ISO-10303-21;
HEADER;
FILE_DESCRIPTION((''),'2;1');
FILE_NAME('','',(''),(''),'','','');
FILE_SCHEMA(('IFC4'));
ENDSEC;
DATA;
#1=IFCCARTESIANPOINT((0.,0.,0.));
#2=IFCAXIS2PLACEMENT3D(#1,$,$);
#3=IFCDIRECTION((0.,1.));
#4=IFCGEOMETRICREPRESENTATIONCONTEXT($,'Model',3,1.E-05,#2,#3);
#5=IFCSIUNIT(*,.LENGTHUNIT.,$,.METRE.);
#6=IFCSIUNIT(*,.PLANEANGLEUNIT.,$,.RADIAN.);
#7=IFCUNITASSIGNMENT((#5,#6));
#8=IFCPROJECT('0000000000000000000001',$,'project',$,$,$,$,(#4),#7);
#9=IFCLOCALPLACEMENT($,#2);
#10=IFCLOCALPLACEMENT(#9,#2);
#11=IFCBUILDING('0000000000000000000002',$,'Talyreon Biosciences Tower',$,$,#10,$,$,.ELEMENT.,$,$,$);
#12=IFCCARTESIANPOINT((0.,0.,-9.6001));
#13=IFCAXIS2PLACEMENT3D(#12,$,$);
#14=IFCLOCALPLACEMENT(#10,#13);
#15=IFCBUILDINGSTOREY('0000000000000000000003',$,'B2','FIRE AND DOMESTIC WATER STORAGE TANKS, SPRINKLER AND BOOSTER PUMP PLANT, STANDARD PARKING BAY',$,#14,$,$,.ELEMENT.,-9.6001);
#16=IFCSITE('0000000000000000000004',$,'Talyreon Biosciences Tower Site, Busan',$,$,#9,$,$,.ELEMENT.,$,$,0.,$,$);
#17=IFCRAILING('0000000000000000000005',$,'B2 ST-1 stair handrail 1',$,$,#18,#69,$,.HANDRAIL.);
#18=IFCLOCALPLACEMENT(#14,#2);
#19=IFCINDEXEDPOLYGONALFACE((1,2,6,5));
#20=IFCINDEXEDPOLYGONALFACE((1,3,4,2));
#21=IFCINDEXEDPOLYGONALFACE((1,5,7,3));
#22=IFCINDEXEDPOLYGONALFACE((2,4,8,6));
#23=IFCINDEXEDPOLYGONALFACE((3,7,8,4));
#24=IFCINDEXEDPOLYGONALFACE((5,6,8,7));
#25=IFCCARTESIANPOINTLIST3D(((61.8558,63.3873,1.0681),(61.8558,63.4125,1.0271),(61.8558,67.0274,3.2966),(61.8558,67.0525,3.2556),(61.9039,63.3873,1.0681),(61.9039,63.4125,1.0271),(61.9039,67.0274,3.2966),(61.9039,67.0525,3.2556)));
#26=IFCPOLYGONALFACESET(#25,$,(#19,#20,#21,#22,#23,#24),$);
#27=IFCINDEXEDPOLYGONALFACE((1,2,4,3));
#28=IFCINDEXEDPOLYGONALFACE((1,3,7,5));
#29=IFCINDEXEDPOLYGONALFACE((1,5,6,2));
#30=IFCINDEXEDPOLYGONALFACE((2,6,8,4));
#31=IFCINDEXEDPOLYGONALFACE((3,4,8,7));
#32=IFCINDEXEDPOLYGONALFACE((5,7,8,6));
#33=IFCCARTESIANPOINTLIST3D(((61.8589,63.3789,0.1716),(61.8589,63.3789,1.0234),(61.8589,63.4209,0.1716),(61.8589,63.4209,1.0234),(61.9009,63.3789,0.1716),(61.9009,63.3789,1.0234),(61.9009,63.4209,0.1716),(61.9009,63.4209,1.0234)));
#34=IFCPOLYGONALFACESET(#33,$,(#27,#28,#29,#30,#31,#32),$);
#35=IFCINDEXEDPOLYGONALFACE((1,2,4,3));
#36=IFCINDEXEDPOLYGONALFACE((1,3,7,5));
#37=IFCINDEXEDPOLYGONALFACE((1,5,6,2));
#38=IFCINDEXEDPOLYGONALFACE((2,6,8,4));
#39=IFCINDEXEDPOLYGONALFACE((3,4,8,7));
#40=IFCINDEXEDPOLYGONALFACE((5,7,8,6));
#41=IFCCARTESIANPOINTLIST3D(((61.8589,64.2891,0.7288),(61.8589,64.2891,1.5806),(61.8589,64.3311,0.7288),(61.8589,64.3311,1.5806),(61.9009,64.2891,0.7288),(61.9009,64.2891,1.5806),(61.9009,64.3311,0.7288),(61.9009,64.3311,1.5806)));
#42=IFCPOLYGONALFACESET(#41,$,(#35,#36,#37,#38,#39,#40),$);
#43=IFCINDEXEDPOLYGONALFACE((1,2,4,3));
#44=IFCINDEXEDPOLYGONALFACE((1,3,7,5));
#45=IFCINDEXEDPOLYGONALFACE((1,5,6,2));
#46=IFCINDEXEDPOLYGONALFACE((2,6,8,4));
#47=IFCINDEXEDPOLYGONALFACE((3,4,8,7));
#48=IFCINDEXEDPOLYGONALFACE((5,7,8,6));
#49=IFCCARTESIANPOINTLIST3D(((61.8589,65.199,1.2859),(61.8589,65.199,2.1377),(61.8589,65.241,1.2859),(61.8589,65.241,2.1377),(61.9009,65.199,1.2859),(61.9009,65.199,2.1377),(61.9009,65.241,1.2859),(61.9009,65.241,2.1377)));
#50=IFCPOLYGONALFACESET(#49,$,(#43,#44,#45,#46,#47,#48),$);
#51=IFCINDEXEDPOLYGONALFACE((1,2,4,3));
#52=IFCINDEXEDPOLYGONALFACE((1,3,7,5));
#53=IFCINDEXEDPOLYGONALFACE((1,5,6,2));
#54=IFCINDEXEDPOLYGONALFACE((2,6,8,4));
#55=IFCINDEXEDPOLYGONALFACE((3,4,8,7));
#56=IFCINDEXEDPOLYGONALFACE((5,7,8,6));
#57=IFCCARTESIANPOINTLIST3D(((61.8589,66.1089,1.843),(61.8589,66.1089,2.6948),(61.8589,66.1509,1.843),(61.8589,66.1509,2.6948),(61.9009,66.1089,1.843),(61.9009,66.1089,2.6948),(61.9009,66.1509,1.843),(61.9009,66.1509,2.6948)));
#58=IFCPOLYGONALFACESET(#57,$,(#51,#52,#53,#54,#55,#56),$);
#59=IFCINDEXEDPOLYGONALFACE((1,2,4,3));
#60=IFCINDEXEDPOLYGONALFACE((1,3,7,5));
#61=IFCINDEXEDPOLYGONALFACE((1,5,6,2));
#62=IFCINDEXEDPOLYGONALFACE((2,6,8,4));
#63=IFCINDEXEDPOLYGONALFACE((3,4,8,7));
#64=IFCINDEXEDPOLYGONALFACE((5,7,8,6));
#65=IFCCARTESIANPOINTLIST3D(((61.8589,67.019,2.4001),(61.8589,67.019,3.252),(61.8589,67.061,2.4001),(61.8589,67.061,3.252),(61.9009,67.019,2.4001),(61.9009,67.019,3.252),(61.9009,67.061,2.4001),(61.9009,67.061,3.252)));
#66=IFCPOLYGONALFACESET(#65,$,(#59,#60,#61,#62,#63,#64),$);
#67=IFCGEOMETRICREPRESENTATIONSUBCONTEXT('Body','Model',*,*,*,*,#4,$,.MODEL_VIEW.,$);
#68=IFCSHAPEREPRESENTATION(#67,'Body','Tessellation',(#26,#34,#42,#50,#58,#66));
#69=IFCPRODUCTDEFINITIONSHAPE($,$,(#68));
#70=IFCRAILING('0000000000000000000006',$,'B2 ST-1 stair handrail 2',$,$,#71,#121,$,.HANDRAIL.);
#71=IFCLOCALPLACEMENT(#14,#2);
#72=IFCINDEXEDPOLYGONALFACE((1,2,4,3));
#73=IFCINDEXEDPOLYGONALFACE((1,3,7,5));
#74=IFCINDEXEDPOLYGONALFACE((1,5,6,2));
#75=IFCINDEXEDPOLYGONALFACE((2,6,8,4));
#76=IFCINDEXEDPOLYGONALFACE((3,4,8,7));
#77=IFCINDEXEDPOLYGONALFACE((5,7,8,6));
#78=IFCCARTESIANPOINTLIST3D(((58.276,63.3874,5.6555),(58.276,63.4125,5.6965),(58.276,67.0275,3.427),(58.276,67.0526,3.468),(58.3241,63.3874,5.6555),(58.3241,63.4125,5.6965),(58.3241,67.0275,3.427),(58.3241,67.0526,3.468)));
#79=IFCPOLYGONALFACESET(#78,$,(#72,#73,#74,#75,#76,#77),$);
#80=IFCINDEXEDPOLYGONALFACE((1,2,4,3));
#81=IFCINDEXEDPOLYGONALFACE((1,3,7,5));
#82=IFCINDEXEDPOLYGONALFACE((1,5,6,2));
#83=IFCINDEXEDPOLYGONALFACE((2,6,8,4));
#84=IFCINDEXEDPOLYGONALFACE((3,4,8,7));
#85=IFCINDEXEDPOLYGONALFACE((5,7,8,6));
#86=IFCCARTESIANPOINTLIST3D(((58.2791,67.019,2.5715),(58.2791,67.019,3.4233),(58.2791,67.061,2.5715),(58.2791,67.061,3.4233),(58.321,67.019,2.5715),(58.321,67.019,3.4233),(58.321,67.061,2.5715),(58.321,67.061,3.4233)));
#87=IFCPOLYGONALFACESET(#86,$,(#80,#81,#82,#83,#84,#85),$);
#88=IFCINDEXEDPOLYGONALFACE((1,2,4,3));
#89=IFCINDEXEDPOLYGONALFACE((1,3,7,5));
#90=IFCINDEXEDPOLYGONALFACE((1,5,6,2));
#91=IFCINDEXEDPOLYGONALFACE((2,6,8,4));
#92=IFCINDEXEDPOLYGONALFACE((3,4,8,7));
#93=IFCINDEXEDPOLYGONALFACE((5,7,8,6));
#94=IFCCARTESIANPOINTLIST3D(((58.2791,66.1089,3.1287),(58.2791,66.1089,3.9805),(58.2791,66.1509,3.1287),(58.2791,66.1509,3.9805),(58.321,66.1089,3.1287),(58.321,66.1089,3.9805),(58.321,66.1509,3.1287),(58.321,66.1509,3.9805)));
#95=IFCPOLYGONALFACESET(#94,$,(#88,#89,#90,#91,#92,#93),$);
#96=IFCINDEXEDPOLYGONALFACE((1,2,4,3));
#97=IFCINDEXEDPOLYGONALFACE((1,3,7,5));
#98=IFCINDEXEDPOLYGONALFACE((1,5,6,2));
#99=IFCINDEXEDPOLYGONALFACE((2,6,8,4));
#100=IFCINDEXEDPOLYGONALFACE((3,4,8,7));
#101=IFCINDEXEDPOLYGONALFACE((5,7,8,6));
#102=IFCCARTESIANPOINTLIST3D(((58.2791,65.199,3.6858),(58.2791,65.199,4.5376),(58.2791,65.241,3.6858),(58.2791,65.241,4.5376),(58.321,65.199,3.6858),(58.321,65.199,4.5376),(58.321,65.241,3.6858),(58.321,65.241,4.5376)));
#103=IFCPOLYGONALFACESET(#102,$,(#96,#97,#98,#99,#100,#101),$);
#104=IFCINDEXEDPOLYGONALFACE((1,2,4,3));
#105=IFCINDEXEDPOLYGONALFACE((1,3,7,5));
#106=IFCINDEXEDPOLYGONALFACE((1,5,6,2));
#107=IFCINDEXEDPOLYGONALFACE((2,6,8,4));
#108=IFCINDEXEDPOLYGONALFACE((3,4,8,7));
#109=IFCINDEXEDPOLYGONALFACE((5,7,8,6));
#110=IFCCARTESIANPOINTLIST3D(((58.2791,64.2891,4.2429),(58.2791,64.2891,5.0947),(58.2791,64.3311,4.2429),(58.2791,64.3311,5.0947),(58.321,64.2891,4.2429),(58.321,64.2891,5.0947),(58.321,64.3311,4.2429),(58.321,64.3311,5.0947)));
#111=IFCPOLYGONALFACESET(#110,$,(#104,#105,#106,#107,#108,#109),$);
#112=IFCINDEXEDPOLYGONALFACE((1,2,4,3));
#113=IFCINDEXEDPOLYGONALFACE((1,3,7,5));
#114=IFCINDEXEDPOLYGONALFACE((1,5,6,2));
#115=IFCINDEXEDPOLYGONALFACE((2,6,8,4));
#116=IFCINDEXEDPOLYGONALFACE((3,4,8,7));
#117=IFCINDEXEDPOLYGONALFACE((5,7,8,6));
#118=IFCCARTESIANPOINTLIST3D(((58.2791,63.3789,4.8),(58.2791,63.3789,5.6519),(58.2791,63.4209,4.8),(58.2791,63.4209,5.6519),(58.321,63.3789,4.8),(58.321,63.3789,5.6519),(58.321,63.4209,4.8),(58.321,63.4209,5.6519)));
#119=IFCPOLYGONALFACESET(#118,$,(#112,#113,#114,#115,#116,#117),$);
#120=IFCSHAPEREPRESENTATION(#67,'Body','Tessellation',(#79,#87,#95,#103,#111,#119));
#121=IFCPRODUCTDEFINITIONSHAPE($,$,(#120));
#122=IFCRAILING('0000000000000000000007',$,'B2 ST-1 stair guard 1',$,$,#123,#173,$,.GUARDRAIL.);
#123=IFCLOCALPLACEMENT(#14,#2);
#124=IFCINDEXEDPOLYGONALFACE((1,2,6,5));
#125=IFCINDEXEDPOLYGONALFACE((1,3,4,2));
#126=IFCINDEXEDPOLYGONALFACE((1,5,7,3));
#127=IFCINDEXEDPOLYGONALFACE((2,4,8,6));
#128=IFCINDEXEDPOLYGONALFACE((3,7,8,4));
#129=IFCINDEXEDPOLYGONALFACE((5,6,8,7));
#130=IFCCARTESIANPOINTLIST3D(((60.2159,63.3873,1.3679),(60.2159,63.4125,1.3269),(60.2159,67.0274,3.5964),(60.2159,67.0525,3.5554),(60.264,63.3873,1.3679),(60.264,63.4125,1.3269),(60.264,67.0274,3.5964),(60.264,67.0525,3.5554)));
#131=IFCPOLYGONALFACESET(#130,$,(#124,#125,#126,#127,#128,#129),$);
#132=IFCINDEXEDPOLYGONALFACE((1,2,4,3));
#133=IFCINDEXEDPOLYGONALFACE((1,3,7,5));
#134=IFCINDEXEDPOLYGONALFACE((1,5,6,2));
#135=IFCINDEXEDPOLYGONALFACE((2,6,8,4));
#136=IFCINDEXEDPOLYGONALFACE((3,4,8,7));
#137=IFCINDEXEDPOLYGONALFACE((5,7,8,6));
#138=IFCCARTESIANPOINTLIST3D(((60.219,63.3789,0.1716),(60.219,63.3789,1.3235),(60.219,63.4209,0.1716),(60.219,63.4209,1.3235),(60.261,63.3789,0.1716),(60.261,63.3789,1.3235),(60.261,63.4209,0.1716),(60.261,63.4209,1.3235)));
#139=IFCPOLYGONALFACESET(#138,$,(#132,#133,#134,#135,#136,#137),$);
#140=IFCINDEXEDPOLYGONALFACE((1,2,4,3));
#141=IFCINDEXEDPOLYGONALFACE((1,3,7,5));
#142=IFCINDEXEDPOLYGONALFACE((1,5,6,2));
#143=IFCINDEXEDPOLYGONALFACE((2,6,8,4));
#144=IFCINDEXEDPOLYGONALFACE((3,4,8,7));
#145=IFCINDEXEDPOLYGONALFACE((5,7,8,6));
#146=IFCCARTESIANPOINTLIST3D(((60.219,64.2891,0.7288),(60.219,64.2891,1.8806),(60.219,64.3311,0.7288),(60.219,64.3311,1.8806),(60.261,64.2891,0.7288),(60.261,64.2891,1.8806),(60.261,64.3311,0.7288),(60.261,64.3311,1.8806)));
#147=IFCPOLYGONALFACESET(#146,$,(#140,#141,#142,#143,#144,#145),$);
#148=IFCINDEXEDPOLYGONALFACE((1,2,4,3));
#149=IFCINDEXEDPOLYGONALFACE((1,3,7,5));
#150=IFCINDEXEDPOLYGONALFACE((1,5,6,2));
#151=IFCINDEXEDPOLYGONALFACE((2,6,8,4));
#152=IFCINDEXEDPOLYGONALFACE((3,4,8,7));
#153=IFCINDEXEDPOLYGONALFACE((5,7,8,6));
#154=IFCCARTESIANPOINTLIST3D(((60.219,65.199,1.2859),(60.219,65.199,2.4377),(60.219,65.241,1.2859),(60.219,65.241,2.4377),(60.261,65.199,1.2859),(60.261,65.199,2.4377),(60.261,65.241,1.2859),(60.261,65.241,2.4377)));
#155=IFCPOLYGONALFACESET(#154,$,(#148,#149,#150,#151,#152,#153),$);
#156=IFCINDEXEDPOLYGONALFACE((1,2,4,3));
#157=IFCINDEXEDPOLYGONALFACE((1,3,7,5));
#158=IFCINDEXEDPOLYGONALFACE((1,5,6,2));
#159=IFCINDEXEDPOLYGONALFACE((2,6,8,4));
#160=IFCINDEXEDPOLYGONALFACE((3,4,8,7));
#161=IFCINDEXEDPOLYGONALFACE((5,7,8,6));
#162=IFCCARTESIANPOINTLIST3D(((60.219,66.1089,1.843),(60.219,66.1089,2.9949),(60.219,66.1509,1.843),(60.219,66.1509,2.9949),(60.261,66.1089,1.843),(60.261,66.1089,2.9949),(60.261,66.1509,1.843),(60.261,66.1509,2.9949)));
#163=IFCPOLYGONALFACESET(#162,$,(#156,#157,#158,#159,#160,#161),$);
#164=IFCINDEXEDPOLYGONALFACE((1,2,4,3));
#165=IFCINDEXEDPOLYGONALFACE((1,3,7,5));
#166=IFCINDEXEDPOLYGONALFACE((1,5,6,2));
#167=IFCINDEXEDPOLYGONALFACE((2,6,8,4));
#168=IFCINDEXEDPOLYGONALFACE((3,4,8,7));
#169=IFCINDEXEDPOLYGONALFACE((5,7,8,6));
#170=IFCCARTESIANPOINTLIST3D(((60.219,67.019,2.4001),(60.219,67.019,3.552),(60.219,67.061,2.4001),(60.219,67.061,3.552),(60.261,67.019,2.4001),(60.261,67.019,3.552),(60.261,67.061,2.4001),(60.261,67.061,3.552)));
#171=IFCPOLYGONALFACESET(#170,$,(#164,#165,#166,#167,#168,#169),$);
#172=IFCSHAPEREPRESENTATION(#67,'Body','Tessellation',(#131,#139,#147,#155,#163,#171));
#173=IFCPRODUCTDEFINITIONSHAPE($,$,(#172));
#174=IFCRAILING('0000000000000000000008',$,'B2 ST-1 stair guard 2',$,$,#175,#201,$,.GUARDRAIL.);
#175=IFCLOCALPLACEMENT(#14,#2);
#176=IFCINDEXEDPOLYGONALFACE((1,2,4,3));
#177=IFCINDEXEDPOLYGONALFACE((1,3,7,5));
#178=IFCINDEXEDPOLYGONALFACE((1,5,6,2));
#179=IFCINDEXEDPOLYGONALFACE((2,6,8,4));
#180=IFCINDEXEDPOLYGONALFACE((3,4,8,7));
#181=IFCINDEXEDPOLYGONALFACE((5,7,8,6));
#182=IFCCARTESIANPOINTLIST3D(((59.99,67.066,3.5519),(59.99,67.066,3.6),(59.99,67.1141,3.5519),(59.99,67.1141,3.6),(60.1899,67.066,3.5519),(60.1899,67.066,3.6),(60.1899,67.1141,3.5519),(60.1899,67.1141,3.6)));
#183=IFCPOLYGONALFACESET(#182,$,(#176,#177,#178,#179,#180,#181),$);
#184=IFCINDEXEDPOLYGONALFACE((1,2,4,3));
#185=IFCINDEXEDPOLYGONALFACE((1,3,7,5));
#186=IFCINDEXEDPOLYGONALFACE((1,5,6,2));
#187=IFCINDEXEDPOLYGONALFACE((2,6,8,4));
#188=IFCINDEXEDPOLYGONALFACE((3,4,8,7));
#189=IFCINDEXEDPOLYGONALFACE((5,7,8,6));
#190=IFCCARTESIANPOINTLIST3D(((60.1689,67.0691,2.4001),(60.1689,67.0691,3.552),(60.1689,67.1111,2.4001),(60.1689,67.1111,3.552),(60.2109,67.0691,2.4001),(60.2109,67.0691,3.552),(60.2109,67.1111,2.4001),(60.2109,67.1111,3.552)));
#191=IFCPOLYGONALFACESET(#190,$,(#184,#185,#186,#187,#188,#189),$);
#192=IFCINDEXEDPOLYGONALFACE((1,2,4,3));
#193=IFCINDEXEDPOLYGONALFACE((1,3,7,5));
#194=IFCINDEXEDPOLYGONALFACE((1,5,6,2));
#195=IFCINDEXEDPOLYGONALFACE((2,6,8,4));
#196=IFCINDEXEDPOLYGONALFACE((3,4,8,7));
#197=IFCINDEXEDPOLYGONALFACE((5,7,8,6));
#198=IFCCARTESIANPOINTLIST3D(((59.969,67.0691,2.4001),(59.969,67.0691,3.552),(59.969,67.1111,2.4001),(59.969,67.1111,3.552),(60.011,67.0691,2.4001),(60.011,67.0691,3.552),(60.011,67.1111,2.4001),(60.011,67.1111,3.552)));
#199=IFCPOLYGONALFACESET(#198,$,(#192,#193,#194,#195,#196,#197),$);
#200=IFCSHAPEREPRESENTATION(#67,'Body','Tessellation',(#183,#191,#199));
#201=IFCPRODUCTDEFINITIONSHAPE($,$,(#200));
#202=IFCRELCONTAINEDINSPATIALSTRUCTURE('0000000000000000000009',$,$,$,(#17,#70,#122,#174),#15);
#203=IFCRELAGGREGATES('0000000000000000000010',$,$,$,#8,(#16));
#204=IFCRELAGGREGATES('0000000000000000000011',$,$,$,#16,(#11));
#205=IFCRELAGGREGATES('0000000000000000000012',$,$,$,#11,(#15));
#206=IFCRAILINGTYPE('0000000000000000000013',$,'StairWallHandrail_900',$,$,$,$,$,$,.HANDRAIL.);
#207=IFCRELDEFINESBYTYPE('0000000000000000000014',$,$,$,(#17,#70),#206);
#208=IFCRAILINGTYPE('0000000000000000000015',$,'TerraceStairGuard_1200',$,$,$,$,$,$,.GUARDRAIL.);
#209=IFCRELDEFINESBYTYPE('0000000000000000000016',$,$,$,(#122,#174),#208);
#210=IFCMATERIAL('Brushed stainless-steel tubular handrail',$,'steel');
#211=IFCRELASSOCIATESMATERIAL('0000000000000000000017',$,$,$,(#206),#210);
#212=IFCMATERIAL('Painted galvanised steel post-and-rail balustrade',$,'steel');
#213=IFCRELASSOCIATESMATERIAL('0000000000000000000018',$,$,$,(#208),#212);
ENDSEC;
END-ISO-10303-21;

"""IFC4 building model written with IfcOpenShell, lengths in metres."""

from ifc_helpers import new_model, si_unit, direction, frame, origin, origin_2d, place, context, subcontext, project, spatial, rectangle, extrude, material, type_object, element, save


model = new_model("IFC4")

# Units and contexts
model_context = context("Model", 3, precision=1e-05, world=origin(), true_north=direction((0.0, 1.0)))
body_context = subcontext(model_context, "Body", "Model", "MODEL_VIEW")
ifc_project = project(units=[si_unit("LENGTHUNIT", "METRE"), si_unit("PLANEANGLEUNIT", "RADIAN")], contexts=[model_context])

# Site, building, storey
site_placement = place(None, origin())
site = spatial("IfcSite", under=ifc_project, at=site_placement, Name="Talyreon Biosciences Tower Site, Busan", CompositionType="ELEMENT", RefElevation=0.0)
building_placement = place(site_placement, origin())
building = spatial("IfcBuilding", under=site, at=building_placement, Name="Talyreon Biosciences Tower", CompositionType="ELEMENT")
storey_placement = place(building_placement, frame((0.0, 0.0, -9.6001)))
storey = spatial("IfcBuildingStorey", under=building, at=storey_placement, Name="B2", Description="FIRE AND DOMESTIC WATER STORAGE TANKS, SPRINKLER AND BOOSTER PUMP PLANT, STANDARD PARKING BAY", CompositionType="ELEMENT", Elevation=-9.6001)

# Railings
ifc_material_1 = material(Name="Brushed stainless-steel tubular handrail", Category="steel")
railing_type_1 = type_object("IfcRailingType", Name="StairWallHandrail_900", PredefinedType="HANDRAIL", material=ifc_material_1)
railing_1_placement = place(storey_placement, frame((61.8799, 63.3999, 0.1716)))
element("IfcRailing", 1, at=railing_1_placement, inside=storey, type_object=railing_type_1, Name="B2 ST-1 stair handrail 1", PredefinedType="HANDRAIL", context=body_context, shape_type="SweptSolid", body=[
    extrude(rectangle(XDim=0.0481, YDim=0.0481, at=origin_2d()), frame((0.0, 0.0, 0.876), z_axis=(0.0, 0.852866, 0.52213), x_axis=(-1.0, 0.0, 0.0)), (0.0, 0.0, 1.0), 4.2681),
    extrude(rectangle(XDim=0.042, YDim=0.042, at=origin_2d()), origin(), (0.0, 0.0, 1.0), 0.8518),
    extrude(rectangle(XDim=0.042, YDim=0.042, at=origin_2d()), frame((0.0, 0.9102, 0.5571)), (0.0, 0.0, 1.0), 0.8518),
    extrude(rectangle(XDim=0.042, YDim=0.042, at=origin_2d()), frame((0.0, 1.8201, 1.1143)), (0.0, 0.0, 1.0), 0.8518),
    extrude(rectangle(XDim=0.042, YDim=0.042, at=origin_2d()), frame((0.0, 2.73, 1.6714)), (0.0, 0.0, 1.0), 0.8518),
    extrude(rectangle(XDim=0.042, YDim=0.042, at=origin_2d()), frame((0.0, 3.6401, 2.2285)), (0.0, 0.0, 1.0), 0.8518),
])
railing_2_placement = place(storey_placement, frame((58.3, 67.04, 2.5715)))
element("IfcRailing", 2, at=railing_2_placement, inside=storey, type_object=railing_type_1, Name="B2 ST-1 stair handrail 2", PredefinedType="HANDRAIL", context=body_context, shape_type="SweptSolid", body=[
    extrude(rectangle(XDim=0.0481, YDim=0.0481, at=origin_2d()), frame((0.0, 0.0, 0.876), z_axis=(0.0, -0.852866, 0.52213), x_axis=(1.0, 0.0, 0.0)), (0.0, 0.0, 1.0), 4.2681),
    extrude(rectangle(XDim=0.042, YDim=0.042, at=origin_2d()), origin(), (0.0, 0.0, 1.0), 0.8518),
    extrude(rectangle(XDim=0.042, YDim=0.042, at=origin_2d()), frame((0.0, -0.9102, 0.5571)), (0.0, 0.0, 1.0), 0.8518),
    extrude(rectangle(XDim=0.042, YDim=0.042, at=origin_2d()), frame((0.0, -1.8201, 1.1143)), (0.0, 0.0, 1.0), 0.8518),
    extrude(rectangle(XDim=0.042, YDim=0.042, at=origin_2d()), frame((0.0, -2.73, 1.6714)), (0.0, 0.0, 1.0), 0.8518),
    extrude(rectangle(XDim=0.042, YDim=0.042, at=origin_2d()), frame((0.0, -3.6401, 2.2285)), (0.0, 0.0, 1.0), 0.8518),
])
ifc_material_2 = material(Name="Painted galvanised steel post-and-rail balustrade", Category="steel")
railing_type_2 = type_object("IfcRailingType", Name="TerraceStairGuard_1200", PredefinedType="GUARDRAIL", material=ifc_material_2)
railing_3_placement = place(storey_placement, frame((60.24, 63.3999, 0.1716)))
element("IfcRailing", 3, at=railing_3_placement, inside=storey, type_object=railing_type_2, Name="B2 ST-1 stair guard 1", PredefinedType="GUARDRAIL", context=body_context, shape_type="SweptSolid", body=[
    extrude(rectangle(XDim=0.0481, YDim=0.0481, at=origin_2d()), frame((0.0, 0.0, 1.1758), z_axis=(0.0, 0.852866, 0.52213), x_axis=(-1.0, 0.0, 0.0)), (0.0, 0.0, 1.0), 4.2681),
    extrude(rectangle(XDim=0.042, YDim=0.042, at=origin_2d()), origin(), (0.0, 0.0, 1.0), 1.1519),
    extrude(rectangle(XDim=0.042, YDim=0.042, at=origin_2d()), frame((0.0, 0.9102, 0.5571)), (0.0, 0.0, 1.0), 1.1519),
    extrude(rectangle(XDim=0.042, YDim=0.042, at=origin_2d()), frame((0.0, 1.8201, 1.1143)), (0.0, 0.0, 1.0), 1.1519),
    extrude(rectangle(XDim=0.042, YDim=0.042, at=origin_2d()), frame((0.0, 2.73, 1.6714)), (0.0, 0.0, 1.0), 1.1519),
    extrude(rectangle(XDim=0.042, YDim=0.042, at=origin_2d()), frame((0.0, 3.6401, 2.2285)), (0.0, 0.0, 1.0), 1.1519),
])
railing_4_placement = place(storey_placement, frame((60.1899, 67.0901, 2.4001)))
element("IfcRailing", 4, at=railing_4_placement, inside=storey, type_object=railing_type_2, Name="B2 ST-1 stair guard 2", PredefinedType="GUARDRAIL", context=body_context, shape_type="SweptSolid", body=[
    extrude(rectangle(XDim=0.0481, YDim=0.0481, at=origin_2d()), frame((0.0, 0.0, 1.1758), z_axis=(-1.0, 0.0, 0.0), x_axis=(0.0, -1.0, 0.0)), (0.0, 0.0, 1.0), 0.2),
    extrude(rectangle(XDim=0.042, YDim=0.042, at=origin_2d()), origin(), (0.0, 0.0, 1.0), 1.1519),
    extrude(rectangle(XDim=0.042, YDim=0.042, at=origin_2d()), frame((-0.2, 0.0, 0.0)), (0.0, 0.0, 1.0), 1.1519),
])

save(model, "model.ifc")
